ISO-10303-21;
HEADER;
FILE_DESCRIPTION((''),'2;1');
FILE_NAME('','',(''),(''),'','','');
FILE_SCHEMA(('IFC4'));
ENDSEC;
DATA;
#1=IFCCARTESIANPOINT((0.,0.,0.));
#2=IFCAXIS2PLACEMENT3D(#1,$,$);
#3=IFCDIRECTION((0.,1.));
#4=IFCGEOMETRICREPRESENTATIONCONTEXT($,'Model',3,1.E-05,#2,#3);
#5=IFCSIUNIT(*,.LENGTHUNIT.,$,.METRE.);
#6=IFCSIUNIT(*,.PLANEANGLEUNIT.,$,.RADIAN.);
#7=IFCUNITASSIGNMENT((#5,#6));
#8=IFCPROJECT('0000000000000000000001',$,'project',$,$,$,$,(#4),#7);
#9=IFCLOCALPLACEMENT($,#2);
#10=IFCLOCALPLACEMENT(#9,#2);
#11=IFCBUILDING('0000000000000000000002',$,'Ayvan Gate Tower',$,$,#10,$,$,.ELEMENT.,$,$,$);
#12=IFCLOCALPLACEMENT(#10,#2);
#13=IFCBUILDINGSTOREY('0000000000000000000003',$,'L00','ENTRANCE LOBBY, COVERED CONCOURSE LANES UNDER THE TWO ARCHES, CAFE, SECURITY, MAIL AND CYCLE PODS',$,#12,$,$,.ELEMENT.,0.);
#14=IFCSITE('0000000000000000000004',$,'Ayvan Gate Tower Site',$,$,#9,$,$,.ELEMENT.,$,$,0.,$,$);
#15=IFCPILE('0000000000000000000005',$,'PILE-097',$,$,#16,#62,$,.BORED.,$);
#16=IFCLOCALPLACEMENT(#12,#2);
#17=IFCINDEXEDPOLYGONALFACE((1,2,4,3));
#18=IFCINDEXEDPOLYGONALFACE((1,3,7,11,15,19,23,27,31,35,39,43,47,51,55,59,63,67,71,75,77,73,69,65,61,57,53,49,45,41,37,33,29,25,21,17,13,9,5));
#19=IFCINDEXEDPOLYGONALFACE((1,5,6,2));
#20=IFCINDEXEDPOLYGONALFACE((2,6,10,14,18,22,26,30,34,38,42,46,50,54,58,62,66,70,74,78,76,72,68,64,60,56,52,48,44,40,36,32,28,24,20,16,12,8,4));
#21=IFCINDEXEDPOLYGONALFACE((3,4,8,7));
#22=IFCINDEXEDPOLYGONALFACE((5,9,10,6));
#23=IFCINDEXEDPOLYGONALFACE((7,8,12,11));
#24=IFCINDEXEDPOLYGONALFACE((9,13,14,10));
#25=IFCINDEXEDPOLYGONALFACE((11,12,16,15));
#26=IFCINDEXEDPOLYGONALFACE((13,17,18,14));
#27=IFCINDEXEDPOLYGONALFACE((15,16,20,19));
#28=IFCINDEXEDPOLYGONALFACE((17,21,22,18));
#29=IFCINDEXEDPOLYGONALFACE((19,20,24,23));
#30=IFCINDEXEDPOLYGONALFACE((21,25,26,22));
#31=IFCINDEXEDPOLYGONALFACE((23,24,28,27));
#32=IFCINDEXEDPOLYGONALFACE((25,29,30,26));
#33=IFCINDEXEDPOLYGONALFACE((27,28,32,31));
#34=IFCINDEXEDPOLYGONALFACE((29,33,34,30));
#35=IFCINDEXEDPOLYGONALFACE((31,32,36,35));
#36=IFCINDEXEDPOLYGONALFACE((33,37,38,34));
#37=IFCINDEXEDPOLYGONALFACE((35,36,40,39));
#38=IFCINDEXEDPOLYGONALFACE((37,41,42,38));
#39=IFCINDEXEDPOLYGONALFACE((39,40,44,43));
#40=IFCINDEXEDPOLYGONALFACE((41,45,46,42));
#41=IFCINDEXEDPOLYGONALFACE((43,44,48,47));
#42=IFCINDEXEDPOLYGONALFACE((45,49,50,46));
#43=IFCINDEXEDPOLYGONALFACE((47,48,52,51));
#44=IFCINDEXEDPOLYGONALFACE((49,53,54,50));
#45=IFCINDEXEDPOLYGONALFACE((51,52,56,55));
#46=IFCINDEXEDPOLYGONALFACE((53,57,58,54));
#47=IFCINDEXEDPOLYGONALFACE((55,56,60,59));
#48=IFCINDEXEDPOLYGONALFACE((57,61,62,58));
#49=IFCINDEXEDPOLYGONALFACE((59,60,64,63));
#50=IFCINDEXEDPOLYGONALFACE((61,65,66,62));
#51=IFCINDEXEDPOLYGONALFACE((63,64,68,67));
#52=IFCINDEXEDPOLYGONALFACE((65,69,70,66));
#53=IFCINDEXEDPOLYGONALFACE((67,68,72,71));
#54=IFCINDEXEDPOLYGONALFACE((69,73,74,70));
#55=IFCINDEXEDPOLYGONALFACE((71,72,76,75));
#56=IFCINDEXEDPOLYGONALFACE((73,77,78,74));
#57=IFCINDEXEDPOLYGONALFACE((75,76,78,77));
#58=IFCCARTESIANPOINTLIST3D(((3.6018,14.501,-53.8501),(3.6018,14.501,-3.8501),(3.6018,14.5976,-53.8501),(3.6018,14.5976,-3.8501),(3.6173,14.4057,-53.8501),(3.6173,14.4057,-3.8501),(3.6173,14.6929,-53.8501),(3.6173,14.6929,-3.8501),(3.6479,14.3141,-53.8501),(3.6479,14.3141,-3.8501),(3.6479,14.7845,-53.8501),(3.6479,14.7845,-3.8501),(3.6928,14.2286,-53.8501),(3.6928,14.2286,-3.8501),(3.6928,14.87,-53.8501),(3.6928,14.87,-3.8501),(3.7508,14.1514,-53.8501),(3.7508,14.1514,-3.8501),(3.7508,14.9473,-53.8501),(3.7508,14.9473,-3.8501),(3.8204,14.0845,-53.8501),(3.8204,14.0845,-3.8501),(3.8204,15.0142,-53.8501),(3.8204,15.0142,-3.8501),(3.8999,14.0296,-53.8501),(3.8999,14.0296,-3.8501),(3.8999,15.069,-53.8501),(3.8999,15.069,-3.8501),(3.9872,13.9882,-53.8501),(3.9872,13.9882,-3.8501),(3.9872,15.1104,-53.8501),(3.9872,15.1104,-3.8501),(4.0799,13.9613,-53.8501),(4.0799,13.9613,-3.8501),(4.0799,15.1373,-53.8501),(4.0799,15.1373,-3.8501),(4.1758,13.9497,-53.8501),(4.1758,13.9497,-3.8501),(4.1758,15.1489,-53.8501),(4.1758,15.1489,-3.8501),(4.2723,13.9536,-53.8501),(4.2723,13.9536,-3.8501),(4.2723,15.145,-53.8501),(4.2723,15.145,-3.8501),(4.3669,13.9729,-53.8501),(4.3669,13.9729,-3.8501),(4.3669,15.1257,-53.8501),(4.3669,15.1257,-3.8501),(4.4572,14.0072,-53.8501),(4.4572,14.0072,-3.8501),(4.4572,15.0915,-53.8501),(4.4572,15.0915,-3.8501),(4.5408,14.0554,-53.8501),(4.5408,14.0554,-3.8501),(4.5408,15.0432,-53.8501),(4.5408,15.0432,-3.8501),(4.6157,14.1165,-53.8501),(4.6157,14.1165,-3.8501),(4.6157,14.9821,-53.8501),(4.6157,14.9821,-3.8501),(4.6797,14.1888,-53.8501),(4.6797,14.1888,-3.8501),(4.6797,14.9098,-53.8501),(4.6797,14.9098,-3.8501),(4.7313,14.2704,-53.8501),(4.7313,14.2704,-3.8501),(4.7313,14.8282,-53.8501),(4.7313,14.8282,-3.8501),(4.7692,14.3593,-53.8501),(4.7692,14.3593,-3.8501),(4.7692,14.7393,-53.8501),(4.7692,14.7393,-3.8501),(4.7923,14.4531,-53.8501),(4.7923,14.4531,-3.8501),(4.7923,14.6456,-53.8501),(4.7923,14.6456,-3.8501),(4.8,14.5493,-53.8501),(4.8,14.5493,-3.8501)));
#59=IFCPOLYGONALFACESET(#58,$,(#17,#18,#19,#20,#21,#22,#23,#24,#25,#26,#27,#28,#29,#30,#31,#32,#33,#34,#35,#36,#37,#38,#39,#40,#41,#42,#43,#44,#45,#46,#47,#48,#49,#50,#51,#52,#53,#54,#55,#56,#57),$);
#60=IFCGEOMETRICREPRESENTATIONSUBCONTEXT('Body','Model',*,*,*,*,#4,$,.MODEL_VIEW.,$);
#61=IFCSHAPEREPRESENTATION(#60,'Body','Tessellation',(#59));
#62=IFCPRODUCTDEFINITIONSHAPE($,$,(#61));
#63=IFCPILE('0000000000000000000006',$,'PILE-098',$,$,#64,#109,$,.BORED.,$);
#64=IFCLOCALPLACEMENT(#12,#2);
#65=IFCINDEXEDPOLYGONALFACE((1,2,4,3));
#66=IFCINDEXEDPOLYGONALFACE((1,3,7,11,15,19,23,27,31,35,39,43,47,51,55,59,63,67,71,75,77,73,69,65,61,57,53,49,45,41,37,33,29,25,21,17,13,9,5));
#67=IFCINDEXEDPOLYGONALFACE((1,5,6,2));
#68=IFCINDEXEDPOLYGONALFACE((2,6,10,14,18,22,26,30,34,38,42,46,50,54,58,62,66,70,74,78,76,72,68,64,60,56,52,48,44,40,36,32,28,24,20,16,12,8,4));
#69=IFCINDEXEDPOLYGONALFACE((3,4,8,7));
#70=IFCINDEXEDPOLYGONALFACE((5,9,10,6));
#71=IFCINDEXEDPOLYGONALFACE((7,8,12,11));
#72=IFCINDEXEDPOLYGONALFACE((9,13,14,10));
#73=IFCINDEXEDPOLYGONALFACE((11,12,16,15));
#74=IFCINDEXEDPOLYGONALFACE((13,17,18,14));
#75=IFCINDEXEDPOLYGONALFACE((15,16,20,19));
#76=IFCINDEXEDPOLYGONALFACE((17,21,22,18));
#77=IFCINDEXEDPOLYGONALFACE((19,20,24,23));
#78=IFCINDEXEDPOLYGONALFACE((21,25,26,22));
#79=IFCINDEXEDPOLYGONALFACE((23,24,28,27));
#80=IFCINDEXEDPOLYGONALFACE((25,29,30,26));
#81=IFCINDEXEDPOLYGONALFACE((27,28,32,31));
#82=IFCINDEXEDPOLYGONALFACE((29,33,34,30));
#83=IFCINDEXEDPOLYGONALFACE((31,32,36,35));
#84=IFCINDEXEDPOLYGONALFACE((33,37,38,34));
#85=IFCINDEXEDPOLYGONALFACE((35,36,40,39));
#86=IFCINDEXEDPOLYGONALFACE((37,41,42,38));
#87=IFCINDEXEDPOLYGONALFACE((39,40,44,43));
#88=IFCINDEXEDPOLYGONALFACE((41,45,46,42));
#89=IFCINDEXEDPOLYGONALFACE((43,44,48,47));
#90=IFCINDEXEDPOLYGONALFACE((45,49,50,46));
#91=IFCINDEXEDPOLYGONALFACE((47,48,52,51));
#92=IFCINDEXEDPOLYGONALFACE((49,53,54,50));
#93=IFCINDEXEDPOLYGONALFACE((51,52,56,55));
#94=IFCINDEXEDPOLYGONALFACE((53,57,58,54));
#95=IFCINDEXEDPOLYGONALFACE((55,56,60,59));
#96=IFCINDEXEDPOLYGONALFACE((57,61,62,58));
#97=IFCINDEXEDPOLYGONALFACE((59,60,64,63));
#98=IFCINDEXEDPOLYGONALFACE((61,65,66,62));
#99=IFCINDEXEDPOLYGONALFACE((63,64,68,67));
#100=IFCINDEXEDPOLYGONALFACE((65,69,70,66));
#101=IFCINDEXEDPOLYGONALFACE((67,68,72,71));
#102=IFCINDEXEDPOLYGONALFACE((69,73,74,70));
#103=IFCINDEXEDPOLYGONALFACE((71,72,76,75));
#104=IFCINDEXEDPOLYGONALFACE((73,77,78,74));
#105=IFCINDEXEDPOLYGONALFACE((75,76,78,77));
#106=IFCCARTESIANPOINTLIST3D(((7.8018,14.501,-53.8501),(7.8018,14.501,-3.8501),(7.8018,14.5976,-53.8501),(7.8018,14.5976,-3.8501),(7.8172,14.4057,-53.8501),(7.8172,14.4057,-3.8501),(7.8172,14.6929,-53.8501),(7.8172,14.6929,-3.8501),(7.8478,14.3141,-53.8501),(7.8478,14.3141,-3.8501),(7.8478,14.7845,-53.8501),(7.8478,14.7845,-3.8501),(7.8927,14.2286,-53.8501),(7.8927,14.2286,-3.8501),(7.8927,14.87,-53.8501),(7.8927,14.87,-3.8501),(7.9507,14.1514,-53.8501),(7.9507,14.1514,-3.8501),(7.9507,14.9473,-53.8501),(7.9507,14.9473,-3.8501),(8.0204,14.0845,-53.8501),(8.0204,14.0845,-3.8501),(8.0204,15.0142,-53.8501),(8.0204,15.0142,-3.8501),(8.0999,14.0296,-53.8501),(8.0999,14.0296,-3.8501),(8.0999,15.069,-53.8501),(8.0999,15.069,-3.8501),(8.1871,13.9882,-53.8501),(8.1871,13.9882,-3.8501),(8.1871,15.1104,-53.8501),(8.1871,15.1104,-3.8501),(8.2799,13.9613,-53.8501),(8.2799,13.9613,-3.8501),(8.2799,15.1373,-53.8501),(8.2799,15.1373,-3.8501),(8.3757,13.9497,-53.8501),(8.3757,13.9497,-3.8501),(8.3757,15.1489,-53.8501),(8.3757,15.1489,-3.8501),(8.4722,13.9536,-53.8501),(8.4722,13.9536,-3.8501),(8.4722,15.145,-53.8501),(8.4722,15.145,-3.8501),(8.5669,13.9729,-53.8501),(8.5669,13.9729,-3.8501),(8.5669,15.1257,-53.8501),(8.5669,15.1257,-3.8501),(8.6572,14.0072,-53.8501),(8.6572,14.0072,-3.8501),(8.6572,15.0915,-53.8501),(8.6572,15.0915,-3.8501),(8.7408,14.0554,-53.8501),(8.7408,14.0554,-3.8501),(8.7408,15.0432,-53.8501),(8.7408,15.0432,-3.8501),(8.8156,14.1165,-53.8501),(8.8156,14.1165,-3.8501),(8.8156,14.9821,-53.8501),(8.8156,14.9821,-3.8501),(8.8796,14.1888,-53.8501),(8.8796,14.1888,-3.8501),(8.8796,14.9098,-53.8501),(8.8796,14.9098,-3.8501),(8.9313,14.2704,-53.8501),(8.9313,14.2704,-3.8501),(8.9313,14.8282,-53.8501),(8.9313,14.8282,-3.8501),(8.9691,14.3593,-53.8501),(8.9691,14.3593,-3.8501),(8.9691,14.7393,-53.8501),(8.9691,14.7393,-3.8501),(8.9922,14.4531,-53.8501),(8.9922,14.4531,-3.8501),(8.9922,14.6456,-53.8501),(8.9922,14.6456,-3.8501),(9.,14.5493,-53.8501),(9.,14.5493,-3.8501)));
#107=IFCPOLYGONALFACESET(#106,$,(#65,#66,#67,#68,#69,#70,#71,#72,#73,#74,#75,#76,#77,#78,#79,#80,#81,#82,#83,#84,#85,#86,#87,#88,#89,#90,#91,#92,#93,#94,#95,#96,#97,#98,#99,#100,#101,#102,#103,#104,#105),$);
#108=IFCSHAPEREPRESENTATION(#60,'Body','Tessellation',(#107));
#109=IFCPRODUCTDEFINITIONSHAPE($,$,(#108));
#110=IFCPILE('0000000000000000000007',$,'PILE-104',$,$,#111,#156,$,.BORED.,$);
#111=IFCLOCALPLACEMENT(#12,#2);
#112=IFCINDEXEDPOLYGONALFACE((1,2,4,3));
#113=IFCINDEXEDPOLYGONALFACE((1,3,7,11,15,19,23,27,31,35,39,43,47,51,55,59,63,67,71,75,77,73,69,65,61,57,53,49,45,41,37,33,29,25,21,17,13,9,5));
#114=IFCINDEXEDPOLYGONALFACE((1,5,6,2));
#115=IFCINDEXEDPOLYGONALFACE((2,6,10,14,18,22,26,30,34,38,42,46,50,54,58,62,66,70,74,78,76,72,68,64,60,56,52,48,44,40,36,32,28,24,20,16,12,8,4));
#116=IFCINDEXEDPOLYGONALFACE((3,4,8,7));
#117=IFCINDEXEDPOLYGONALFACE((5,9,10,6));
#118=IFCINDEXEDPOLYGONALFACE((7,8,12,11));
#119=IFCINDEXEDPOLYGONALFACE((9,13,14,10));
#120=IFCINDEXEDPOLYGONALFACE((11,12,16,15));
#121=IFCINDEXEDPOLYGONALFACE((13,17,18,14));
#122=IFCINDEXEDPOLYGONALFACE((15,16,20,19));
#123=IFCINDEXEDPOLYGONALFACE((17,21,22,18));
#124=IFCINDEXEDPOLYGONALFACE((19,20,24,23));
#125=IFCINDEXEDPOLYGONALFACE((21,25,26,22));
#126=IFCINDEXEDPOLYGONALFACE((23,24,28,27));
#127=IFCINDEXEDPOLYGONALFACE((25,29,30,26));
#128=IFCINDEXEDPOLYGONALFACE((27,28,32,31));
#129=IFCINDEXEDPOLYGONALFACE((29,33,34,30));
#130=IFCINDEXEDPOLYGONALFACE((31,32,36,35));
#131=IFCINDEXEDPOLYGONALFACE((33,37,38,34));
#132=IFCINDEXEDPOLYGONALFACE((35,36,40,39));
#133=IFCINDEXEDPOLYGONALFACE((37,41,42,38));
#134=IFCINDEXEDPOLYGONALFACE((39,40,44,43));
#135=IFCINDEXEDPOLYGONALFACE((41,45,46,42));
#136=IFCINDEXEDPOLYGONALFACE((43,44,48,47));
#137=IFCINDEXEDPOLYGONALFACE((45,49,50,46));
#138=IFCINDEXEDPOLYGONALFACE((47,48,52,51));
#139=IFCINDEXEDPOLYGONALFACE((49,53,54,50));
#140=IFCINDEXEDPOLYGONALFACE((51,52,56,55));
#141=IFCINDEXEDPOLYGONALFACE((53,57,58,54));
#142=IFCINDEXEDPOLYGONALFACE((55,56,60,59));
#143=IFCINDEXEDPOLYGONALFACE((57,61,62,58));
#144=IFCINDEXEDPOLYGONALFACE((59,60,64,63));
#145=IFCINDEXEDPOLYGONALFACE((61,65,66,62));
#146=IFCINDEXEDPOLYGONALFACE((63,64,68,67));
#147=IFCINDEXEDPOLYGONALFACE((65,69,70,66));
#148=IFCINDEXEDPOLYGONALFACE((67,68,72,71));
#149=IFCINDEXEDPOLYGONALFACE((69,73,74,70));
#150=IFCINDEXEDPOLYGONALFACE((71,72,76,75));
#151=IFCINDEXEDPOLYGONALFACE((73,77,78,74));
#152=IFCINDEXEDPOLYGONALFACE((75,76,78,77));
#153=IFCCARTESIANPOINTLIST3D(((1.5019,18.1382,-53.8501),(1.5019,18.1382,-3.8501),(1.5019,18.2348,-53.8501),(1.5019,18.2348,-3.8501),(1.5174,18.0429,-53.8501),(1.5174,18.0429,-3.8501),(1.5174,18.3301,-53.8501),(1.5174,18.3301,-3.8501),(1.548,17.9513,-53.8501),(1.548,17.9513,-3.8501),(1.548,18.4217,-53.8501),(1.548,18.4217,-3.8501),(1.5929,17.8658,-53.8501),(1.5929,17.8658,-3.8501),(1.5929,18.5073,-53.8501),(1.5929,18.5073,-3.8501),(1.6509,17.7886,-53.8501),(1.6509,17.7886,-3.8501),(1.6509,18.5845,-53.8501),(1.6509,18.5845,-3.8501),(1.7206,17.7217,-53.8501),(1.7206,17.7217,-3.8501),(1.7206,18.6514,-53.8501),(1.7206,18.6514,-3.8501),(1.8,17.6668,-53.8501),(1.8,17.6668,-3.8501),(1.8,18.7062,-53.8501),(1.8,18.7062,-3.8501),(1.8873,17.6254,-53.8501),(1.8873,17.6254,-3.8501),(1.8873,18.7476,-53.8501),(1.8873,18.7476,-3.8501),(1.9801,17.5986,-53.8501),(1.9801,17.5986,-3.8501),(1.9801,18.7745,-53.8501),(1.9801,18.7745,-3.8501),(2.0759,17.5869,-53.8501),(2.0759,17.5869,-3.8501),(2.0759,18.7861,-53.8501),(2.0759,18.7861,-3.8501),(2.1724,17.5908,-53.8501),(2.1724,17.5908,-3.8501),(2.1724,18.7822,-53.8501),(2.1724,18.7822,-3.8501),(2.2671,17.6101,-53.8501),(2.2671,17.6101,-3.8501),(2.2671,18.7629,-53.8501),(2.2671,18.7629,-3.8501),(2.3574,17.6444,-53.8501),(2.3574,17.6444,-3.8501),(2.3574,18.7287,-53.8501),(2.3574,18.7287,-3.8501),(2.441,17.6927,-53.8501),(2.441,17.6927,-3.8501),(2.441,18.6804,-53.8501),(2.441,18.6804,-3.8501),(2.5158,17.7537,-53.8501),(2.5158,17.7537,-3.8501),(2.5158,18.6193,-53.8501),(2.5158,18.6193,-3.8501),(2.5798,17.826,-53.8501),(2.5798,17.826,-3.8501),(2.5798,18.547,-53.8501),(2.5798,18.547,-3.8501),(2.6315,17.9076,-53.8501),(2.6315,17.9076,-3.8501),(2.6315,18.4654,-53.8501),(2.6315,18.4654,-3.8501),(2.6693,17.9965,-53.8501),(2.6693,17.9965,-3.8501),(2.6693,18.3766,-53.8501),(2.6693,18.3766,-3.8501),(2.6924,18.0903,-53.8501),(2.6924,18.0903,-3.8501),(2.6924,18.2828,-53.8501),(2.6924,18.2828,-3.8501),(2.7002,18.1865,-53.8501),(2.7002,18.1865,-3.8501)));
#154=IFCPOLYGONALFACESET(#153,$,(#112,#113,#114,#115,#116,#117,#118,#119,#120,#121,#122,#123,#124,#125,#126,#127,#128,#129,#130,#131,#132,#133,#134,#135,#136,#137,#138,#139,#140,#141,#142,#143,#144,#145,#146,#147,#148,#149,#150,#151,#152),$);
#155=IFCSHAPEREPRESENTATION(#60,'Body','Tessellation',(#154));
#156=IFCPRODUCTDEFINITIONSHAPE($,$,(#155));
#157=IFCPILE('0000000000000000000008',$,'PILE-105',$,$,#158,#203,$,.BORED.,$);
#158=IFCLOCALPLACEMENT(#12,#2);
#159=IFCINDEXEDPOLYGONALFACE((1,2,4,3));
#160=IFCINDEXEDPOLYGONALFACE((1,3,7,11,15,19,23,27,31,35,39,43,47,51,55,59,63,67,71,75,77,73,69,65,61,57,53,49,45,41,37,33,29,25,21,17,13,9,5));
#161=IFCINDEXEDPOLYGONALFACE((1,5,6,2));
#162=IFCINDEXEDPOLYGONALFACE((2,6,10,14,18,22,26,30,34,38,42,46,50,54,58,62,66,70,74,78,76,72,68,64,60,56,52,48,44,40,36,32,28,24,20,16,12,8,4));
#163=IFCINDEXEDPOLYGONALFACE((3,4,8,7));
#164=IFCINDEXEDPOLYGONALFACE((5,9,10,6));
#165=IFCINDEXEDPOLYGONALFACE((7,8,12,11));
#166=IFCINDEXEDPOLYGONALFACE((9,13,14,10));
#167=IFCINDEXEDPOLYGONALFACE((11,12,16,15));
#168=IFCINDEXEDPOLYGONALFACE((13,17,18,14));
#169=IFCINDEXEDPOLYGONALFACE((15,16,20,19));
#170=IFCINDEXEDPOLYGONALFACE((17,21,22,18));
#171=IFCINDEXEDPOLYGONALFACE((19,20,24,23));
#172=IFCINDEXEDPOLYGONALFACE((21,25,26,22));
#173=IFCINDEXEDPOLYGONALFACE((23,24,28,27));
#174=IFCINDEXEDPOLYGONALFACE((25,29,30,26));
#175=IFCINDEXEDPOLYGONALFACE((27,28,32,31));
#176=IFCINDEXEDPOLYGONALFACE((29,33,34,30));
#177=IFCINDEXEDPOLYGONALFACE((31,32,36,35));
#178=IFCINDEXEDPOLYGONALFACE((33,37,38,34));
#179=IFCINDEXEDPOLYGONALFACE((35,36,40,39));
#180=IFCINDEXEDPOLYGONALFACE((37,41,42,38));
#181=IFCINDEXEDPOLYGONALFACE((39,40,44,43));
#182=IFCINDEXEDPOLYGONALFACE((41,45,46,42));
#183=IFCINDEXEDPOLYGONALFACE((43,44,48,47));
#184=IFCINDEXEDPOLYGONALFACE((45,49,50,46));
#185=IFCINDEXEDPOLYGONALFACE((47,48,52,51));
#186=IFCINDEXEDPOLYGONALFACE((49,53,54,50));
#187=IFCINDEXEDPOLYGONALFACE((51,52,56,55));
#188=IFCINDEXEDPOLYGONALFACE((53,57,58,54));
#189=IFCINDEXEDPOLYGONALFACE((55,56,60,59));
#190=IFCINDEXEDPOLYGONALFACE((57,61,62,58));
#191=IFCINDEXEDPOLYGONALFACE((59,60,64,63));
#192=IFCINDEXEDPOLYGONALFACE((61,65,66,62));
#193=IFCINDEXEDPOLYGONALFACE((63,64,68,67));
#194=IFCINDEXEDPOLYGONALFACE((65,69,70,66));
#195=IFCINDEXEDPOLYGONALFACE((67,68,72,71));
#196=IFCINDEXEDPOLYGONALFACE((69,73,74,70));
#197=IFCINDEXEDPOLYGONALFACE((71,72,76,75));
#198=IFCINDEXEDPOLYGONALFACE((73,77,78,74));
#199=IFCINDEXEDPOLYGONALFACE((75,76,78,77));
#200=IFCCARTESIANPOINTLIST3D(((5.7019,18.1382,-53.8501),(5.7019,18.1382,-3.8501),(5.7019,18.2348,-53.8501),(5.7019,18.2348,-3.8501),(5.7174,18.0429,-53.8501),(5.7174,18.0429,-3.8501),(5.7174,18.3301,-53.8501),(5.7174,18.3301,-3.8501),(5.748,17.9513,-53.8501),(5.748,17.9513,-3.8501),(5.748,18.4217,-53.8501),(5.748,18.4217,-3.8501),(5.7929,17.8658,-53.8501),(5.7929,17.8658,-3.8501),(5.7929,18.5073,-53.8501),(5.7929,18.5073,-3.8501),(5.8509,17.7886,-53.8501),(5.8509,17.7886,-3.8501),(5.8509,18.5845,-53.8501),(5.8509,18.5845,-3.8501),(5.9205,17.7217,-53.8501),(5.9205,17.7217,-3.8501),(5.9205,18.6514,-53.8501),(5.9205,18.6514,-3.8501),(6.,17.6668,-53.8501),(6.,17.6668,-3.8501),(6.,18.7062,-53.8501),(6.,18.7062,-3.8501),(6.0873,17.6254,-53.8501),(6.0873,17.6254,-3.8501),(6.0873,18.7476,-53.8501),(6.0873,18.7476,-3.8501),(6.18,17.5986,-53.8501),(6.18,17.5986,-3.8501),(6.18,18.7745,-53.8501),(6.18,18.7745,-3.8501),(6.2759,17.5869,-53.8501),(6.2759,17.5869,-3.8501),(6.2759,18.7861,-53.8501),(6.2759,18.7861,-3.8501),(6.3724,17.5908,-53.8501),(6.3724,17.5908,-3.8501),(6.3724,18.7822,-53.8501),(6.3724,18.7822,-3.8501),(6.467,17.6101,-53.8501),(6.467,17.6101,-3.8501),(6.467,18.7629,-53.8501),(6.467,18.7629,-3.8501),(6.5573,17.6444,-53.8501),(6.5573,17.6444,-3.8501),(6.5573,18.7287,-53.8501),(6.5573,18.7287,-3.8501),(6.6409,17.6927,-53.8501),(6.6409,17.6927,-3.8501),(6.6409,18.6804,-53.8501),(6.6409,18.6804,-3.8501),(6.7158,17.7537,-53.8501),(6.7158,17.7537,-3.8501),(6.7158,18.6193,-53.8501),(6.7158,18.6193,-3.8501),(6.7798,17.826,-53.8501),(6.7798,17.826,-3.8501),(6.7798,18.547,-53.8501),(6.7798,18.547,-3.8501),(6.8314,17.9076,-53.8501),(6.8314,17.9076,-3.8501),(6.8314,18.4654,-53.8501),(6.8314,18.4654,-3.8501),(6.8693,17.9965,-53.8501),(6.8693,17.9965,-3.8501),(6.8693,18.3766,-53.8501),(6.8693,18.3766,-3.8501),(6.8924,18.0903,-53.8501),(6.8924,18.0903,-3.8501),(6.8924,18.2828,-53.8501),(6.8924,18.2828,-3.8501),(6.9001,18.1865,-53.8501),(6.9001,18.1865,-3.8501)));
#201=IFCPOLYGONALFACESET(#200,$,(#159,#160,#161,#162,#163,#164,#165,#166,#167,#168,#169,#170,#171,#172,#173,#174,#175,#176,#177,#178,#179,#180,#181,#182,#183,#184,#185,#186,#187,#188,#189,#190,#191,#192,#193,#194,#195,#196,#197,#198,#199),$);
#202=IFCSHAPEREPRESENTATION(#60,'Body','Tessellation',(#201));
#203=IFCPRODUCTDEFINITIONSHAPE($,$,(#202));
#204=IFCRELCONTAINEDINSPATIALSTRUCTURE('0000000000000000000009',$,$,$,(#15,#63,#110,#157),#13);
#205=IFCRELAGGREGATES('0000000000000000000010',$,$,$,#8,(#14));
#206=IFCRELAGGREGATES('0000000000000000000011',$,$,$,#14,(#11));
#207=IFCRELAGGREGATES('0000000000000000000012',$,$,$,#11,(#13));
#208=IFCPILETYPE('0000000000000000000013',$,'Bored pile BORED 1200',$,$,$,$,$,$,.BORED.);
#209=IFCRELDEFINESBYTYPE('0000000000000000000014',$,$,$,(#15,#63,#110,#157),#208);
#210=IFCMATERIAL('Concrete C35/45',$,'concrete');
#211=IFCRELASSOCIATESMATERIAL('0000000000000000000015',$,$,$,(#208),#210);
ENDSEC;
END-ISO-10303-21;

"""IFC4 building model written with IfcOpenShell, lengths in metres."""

from ifc_helpers import new_model, si_unit, direction, frame, origin, origin_2d, place, context, subcontext, project, spatial, circle, extrude, material, material_profile, profile_set, type_object, element, save


model = new_model("IFC4")

# Units and contexts
model_context = context("Model", 3, precision=1e-05, world=origin(), true_north=direction((0.0, 1.0)))
body_context = subcontext(model_context, "Body", "Model", "MODEL_VIEW")
ifc_project = project(units=[si_unit("LENGTHUNIT", "METRE"), si_unit("PLANEANGLEUNIT", "RADIAN")], contexts=[model_context])

# Site, building, storey
site_placement = place(None, origin())
site = spatial("IfcSite", under=ifc_project, at=site_placement, Name="Ayvan Gate Tower Site", CompositionType="ELEMENT", RefElevation=0.0)
building_placement = place(site_placement, origin())
building = spatial("IfcBuilding", under=site, at=building_placement, Name="Ayvan Gate Tower", CompositionType="ELEMENT")
storey_placement = place(building_placement, origin())
storey = spatial("IfcBuildingStorey", under=building, at=storey_placement, Name="L00", Description="ENTRANCE LOBBY, COVERED CONCOURSE LANES UNDER THE TWO ARCHES, CAFE, SECURITY, MAIL AND CYCLE PODS", CompositionType="ELEMENT", Elevation=0.0)

# Piles
ifc_material_1 = material(Name="Concrete C35/45", Category="concrete")
ifc_material_profile_1 = material_profile(ifc_material_1, circle(Radius=0.6001, at=origin_2d()), Name="BORED 1200")
ifc_profile_set_1 = profile_set([ifc_material_profile_1], Name="Concrete C35/45")
pile_type = type_object("IfcPileType", Name="Bored pile BORED 1200", PredefinedType="BORED", material=ifc_profile_set_1)
for number, where, z_axis, x_axis, name in (
    (1, (4.2, 14.5493, -3.8501), (0.0, 0.0, -1.0), (1.0, 0.0, 0.0), "PILE-097"),
    (2, (8.3999, 14.5493, -3.8501), (0.0, 0.0, -1.0), (1.0, 0.0, 0.0), "PILE-098"),
    (3, (2.1001, 18.1865, -3.8501), (0.0, 0.0, -1.0), (1.0, 0.0, 0.0), "PILE-104"),
    (4, (6.3, 18.1865, -3.8501), (0.0, 0.0, -1.0), (1.0, 0.0, 0.0), "PILE-105"),
):
    element("IfcPile", number, at=place(storey_placement, frame(where, z_axis=z_axis, x_axis=x_axis)), inside=storey, type_object=pile_type, Name=name, PredefinedType="BORED", context=body_context, shape_type="SweptSolid", body=[
        extrude(circle(Radius=0.6001, at=origin_2d()), origin(), (0.0, 0.0, 1.0), 50.0),
    ])

save(model, "model.ifc")
